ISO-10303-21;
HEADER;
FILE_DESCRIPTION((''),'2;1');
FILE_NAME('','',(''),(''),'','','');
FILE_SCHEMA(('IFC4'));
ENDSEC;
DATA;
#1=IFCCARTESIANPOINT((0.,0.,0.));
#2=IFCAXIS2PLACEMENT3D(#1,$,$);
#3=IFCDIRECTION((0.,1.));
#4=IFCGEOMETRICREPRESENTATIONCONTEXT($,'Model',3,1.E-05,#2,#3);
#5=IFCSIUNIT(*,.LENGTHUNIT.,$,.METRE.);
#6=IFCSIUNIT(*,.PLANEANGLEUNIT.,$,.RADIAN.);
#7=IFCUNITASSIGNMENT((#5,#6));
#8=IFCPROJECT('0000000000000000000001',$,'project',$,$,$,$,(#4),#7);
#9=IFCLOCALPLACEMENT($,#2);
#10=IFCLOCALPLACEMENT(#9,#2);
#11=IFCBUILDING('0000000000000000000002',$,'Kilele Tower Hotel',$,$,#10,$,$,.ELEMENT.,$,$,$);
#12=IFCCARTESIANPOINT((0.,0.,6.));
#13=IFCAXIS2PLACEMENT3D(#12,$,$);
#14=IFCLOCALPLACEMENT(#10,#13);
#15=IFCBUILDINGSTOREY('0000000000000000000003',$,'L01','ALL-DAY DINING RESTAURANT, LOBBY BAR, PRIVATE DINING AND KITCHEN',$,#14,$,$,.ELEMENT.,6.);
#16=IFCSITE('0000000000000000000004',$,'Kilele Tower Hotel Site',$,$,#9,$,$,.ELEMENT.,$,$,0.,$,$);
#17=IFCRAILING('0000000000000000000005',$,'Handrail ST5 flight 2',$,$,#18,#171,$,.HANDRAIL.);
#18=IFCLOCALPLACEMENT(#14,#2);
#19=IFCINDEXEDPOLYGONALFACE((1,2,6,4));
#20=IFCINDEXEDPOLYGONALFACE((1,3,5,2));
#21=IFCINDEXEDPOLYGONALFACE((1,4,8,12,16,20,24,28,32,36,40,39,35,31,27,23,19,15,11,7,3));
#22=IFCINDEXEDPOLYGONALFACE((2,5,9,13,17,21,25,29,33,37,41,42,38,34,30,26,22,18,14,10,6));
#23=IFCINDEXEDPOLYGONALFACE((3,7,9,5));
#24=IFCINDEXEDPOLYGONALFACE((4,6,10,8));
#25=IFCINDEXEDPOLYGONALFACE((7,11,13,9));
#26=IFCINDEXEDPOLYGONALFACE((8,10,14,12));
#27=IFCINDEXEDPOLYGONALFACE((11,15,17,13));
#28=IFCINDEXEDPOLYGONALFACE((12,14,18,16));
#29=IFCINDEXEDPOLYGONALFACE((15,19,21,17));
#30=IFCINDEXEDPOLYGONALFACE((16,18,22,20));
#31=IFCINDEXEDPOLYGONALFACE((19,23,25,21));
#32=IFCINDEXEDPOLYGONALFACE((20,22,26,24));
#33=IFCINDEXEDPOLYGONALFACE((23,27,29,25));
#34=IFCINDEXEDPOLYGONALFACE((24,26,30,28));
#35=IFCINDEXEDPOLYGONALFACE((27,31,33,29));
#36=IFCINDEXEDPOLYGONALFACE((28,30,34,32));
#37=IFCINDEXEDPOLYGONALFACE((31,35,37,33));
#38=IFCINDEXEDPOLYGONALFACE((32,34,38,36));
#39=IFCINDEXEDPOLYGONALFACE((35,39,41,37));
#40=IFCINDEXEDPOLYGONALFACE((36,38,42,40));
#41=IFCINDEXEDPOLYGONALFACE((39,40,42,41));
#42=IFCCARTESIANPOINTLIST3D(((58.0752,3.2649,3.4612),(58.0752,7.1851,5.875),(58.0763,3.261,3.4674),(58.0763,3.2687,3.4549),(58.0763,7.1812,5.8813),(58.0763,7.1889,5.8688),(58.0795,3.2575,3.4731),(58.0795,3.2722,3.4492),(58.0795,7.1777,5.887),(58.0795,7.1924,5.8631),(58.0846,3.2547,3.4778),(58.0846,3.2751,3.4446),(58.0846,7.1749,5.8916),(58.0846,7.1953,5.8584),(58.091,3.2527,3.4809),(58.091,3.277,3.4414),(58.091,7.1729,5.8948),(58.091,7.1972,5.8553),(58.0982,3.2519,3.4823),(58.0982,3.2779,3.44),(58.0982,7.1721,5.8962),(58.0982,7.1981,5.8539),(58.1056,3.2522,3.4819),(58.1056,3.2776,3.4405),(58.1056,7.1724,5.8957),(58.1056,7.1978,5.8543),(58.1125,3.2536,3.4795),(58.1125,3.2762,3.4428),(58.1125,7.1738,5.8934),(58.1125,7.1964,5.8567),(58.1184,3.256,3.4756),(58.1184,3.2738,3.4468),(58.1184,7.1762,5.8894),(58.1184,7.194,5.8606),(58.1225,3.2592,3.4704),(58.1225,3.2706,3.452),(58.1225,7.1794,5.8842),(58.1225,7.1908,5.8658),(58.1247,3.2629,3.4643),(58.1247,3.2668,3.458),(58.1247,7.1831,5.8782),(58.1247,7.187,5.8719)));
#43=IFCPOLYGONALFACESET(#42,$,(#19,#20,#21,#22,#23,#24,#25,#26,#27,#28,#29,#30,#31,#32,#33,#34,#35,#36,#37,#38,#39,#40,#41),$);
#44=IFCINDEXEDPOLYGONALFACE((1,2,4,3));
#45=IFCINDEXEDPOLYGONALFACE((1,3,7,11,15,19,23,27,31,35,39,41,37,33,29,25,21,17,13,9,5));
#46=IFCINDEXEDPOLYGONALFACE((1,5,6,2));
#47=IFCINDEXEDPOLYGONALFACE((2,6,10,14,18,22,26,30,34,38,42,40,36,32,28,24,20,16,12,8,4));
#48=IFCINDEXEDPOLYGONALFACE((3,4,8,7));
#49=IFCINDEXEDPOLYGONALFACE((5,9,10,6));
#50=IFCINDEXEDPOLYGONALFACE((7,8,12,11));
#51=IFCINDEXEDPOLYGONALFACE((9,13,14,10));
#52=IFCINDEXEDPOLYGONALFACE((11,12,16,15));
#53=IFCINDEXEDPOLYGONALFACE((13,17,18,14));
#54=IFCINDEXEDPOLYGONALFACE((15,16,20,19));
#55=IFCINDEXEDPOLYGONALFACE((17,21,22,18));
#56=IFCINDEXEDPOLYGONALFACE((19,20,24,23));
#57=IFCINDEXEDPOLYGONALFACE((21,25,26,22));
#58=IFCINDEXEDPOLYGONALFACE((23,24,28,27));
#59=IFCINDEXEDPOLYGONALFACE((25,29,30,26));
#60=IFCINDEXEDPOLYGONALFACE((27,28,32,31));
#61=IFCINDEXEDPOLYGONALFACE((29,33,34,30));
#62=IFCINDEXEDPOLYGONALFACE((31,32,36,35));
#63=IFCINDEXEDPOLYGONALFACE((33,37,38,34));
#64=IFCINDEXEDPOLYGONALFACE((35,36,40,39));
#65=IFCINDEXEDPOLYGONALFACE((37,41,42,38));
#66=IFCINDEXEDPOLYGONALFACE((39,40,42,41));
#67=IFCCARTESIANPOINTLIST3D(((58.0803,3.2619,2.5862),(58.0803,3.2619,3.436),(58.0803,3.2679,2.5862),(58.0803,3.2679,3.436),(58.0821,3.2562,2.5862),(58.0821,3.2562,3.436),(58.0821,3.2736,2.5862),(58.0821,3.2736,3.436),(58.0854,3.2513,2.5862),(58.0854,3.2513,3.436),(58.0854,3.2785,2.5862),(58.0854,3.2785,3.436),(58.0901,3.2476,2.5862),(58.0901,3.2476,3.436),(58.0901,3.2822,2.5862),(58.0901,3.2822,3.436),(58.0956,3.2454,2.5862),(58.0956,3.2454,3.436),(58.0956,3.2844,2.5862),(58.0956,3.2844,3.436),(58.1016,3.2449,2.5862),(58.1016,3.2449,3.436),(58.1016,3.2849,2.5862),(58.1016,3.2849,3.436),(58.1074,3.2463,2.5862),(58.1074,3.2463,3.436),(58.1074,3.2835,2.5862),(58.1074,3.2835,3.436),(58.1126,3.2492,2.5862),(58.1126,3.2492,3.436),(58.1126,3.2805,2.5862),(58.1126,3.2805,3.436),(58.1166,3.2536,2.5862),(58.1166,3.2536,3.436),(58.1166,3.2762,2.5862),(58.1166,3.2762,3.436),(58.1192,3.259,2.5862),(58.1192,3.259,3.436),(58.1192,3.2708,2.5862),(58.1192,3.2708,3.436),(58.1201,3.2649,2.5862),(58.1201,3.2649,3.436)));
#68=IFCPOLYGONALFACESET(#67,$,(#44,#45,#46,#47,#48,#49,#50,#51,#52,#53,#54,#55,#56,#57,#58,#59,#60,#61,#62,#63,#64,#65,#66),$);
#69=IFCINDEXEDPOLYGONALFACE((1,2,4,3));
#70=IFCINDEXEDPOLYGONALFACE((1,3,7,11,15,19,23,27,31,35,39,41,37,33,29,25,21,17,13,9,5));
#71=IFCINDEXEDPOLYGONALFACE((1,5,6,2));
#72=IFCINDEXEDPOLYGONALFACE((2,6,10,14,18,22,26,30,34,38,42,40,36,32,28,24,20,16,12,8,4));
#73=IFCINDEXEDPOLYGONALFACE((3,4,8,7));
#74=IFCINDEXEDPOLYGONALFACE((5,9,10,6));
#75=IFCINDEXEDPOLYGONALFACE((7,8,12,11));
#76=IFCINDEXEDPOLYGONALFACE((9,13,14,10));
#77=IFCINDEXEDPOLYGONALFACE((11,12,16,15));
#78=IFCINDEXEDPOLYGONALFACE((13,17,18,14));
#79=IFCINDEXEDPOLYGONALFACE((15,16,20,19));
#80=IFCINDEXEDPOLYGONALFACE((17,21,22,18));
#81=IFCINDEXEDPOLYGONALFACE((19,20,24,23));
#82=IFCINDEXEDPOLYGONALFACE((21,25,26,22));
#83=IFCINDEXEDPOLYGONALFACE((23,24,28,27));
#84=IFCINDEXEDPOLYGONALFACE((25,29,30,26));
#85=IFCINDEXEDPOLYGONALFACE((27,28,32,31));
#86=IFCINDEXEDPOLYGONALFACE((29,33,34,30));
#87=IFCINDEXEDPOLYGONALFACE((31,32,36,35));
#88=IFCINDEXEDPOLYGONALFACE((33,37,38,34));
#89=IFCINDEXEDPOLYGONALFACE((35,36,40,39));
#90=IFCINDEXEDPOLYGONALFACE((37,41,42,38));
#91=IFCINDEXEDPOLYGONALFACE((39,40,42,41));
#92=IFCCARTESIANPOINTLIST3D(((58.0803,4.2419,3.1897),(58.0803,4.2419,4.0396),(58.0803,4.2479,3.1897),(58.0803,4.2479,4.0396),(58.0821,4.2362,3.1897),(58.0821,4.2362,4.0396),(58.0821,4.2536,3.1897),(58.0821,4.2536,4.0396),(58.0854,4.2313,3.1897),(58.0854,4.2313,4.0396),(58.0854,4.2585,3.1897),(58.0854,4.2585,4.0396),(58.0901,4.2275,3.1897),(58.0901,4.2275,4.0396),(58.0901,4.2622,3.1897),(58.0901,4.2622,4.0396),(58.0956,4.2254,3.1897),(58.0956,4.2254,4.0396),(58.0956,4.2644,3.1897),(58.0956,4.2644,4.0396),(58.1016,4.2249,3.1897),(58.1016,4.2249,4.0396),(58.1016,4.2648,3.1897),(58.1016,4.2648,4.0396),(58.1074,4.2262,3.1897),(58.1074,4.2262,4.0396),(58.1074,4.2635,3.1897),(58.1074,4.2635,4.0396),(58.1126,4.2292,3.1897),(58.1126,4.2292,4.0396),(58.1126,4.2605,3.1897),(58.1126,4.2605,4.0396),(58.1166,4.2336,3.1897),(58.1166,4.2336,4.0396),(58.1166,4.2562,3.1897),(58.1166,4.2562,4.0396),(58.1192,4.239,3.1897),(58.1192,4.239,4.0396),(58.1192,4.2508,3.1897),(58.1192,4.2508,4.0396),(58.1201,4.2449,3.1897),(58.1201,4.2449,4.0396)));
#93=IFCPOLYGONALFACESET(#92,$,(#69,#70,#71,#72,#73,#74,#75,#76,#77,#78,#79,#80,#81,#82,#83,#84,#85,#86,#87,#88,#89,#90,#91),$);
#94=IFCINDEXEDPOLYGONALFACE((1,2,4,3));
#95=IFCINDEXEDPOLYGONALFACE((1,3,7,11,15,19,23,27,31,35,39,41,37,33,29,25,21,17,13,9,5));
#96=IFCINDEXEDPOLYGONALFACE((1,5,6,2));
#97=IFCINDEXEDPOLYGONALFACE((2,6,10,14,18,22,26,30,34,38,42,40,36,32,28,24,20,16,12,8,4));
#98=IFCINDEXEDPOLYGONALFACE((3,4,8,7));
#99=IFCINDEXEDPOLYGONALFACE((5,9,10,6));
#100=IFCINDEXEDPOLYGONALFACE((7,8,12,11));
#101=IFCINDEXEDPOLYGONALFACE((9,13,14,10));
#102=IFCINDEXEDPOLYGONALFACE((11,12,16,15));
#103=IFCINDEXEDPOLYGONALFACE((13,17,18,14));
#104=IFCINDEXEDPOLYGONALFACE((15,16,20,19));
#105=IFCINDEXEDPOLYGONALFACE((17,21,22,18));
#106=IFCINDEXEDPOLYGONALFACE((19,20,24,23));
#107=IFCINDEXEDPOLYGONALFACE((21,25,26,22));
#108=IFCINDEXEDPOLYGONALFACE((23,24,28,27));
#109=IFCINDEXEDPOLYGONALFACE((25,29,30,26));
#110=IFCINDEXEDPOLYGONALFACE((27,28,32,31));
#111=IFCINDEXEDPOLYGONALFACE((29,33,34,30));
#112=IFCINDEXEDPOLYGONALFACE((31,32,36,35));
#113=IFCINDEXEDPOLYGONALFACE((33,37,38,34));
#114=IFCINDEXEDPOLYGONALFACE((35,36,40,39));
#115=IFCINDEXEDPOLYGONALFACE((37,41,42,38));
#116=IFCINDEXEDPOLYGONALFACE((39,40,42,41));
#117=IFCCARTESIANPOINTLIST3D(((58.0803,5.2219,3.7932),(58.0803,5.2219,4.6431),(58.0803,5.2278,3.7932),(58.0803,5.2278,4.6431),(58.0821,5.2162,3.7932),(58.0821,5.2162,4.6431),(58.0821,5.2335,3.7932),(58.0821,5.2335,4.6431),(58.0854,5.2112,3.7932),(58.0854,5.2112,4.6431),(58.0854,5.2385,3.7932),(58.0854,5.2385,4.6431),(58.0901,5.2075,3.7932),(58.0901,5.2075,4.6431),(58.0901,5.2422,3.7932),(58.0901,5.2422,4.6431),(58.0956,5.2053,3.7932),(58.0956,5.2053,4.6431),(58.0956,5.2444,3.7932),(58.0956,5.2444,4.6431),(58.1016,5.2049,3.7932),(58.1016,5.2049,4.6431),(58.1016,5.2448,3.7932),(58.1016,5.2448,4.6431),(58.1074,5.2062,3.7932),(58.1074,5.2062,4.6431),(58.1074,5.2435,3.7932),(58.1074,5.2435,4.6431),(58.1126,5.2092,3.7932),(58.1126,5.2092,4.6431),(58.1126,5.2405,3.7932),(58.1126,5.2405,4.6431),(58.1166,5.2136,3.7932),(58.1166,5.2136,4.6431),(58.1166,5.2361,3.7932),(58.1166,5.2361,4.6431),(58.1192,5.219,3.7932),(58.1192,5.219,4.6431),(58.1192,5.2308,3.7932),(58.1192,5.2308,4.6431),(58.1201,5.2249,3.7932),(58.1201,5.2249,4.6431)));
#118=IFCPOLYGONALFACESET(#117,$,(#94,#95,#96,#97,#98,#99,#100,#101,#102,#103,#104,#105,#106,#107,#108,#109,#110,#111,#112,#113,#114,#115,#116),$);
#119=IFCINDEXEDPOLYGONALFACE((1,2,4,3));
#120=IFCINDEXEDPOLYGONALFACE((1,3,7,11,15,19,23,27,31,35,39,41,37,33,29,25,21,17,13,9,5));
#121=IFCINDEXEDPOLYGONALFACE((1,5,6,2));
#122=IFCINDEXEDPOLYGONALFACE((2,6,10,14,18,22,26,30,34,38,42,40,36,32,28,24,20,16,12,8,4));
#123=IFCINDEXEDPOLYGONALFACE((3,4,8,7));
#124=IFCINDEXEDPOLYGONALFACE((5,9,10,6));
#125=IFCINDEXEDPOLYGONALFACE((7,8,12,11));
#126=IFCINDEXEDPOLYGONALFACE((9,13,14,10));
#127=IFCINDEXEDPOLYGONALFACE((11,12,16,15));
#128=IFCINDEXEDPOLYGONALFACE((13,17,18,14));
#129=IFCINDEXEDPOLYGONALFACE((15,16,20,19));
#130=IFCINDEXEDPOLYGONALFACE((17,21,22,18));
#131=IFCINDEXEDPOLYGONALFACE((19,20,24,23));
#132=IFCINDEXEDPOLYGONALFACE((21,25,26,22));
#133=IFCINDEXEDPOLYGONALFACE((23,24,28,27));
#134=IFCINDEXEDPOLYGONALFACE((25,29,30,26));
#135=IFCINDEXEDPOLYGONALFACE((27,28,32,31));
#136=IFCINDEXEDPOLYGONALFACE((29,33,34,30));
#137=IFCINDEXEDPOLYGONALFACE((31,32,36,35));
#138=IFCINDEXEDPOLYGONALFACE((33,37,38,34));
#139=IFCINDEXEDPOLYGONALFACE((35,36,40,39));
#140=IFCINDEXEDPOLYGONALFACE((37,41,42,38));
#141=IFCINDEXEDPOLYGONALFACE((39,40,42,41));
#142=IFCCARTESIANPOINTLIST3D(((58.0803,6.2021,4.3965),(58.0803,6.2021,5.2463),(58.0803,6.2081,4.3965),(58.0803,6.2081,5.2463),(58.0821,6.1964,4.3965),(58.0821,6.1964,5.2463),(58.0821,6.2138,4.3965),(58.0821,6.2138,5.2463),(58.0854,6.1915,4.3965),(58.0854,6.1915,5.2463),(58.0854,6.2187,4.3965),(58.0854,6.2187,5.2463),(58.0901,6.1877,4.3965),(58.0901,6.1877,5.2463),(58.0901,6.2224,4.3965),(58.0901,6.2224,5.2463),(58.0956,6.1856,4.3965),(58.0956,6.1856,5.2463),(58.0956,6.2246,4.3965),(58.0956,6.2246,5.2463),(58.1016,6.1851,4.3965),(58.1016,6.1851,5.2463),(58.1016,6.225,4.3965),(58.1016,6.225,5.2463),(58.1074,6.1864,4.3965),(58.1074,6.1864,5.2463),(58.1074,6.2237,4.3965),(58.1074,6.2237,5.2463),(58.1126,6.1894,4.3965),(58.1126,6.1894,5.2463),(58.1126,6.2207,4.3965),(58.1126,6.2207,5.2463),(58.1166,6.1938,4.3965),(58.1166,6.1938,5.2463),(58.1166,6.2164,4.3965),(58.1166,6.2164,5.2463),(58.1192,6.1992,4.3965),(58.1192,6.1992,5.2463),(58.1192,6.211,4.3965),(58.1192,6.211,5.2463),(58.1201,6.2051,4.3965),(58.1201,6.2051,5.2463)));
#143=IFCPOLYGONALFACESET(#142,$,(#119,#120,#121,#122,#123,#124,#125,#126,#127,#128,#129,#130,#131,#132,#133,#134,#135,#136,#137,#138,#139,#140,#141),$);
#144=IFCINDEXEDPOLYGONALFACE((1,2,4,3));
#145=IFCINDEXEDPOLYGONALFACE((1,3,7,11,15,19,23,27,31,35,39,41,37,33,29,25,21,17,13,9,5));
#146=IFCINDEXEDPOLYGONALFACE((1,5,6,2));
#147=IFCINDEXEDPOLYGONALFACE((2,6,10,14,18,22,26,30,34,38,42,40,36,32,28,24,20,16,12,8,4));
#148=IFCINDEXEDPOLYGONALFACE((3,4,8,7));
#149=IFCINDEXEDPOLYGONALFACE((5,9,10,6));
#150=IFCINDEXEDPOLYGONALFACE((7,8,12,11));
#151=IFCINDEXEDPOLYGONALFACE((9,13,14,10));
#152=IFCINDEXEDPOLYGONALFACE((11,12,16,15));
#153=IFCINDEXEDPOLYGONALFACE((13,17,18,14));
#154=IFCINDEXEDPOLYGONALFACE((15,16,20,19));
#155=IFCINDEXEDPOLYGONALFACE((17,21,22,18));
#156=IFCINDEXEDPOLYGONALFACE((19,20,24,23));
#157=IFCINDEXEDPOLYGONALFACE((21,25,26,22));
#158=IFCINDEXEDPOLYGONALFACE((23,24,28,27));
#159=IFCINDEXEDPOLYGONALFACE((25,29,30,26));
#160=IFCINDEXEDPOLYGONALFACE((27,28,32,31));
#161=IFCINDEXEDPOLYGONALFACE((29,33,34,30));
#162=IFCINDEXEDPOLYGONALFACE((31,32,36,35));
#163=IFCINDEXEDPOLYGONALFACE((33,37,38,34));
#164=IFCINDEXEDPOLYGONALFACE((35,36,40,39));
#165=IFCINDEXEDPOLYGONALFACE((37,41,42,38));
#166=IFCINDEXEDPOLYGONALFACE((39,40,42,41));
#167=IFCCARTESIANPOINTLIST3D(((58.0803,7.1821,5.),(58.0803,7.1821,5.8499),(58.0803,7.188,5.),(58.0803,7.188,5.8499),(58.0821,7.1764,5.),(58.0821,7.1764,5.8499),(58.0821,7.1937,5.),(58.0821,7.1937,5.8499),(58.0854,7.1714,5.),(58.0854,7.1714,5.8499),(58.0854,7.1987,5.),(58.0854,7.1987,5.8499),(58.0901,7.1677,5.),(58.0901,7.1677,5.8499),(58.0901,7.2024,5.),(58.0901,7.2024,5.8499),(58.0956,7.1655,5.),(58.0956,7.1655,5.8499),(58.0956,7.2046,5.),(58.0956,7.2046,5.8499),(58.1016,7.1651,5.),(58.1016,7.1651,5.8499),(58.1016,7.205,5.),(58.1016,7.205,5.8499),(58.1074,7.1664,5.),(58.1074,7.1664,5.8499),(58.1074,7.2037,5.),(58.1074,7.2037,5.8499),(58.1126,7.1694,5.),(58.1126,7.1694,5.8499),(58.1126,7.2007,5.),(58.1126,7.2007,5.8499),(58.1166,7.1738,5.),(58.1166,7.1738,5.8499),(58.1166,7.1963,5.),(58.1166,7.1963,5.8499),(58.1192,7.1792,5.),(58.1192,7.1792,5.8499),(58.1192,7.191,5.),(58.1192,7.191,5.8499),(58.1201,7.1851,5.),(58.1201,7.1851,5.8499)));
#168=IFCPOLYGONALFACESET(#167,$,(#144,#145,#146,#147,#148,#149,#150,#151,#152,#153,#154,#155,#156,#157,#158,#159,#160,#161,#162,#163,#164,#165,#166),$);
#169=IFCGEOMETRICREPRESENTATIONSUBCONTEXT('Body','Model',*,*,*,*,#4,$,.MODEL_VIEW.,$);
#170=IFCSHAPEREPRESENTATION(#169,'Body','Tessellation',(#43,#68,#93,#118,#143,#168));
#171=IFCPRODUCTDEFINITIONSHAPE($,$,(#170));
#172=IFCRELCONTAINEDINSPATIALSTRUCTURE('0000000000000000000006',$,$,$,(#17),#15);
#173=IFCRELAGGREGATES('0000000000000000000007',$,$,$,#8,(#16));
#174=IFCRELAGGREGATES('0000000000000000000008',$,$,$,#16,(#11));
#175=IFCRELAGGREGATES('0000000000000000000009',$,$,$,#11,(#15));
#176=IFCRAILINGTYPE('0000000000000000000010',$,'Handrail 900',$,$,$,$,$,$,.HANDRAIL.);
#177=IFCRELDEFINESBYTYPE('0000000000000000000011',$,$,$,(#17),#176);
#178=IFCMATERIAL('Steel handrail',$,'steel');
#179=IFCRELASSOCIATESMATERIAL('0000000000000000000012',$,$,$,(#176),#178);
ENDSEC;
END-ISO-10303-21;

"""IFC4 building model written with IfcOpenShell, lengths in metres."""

from ifc_helpers import new_model, si_unit, direction, frame, origin, origin_2d, place, context, subcontext, project, spatial, circle, extrude, material, type_object, element, save


model = new_model("IFC4")

# Units and contexts
model_context = context("Model", 3, precision=1e-05, world=origin(), true_north=direction((0.0, 1.0)))
body_context = subcontext(model_context, "Body", "Model", "MODEL_VIEW")
ifc_project = project(units=[si_unit("LENGTHUNIT", "METRE"), si_unit("PLANEANGLEUNIT", "RADIAN")], contexts=[model_context])

# Site, building, storey
site_placement = place(None, origin())
site = spatial("IfcSite", under=ifc_project, at=site_placement, Name="Kilele Tower Hotel Site", CompositionType="ELEMENT", RefElevation=0.0)
building_placement = place(site_placement, origin())
building = spatial("IfcBuilding", under=site, at=building_placement, Name="Kilele Tower Hotel", CompositionType="ELEMENT")
storey_placement = place(building_placement, frame((0.0, 0.0, 6.0)))
storey = spatial("IfcBuildingStorey", under=building, at=storey_placement, Name="L01", Description="ALL-DAY DINING RESTAURANT, LOBBY BAR, PRIVATE DINING AND KITCHEN", CompositionType="ELEMENT", Elevation=6.0)

# Railing
ifc_material_1 = material(Name="Steel handrail", Category="steel")
railing_type_1 = type_object("IfcRailingType", Name="Handrail 900", PredefinedType="HANDRAIL", material=ifc_material_1)
for number, where, name in (
    (1, (58.1001, 3.2649, 2.5862), "Handrail ST5 flight 2"),
):
    element("IfcRailing", number, at=place(storey_placement, frame(where)), inside=storey, type_object=railing_type_1, Name=name, PredefinedType="HANDRAIL", context=body_context, shape_type="SweptSolid", body=[
        extrude(circle(Radius=0.0249, at=origin_2d()), frame((0.0, 0.0, 0.875), z_axis=(0.0, 0.851522, 0.524319), x_axis=(-1.0, 0.0, 0.0)), (0.0, 0.0, 1.0), 4.6038),
        extrude(circle(Radius=0.02, at=origin_2d()), origin(), (0.0, 0.0, 1.0), 0.8499),
        extrude(circle(Radius=0.02, at=origin_2d()), frame((0.0, 0.98, 0.6035)), (0.0, 0.0, 1.0), 0.8499),
        extrude(circle(Radius=0.02, at=origin_2d()), frame((0.0, 1.96, 1.207)), (0.0, 0.0, 1.0), 0.8499),
        extrude(circle(Radius=0.02, at=origin_2d()), frame((0.0, 2.9402, 1.8103)), (0.0, 0.0, 1.0), 0.8499),
        extrude(circle(Radius=0.02, at=origin_2d()), frame((0.0, 3.9202, 2.4138)), (0.0, 0.0, 1.0), 0.8499),
    ])

save(model, "model.ifc")
